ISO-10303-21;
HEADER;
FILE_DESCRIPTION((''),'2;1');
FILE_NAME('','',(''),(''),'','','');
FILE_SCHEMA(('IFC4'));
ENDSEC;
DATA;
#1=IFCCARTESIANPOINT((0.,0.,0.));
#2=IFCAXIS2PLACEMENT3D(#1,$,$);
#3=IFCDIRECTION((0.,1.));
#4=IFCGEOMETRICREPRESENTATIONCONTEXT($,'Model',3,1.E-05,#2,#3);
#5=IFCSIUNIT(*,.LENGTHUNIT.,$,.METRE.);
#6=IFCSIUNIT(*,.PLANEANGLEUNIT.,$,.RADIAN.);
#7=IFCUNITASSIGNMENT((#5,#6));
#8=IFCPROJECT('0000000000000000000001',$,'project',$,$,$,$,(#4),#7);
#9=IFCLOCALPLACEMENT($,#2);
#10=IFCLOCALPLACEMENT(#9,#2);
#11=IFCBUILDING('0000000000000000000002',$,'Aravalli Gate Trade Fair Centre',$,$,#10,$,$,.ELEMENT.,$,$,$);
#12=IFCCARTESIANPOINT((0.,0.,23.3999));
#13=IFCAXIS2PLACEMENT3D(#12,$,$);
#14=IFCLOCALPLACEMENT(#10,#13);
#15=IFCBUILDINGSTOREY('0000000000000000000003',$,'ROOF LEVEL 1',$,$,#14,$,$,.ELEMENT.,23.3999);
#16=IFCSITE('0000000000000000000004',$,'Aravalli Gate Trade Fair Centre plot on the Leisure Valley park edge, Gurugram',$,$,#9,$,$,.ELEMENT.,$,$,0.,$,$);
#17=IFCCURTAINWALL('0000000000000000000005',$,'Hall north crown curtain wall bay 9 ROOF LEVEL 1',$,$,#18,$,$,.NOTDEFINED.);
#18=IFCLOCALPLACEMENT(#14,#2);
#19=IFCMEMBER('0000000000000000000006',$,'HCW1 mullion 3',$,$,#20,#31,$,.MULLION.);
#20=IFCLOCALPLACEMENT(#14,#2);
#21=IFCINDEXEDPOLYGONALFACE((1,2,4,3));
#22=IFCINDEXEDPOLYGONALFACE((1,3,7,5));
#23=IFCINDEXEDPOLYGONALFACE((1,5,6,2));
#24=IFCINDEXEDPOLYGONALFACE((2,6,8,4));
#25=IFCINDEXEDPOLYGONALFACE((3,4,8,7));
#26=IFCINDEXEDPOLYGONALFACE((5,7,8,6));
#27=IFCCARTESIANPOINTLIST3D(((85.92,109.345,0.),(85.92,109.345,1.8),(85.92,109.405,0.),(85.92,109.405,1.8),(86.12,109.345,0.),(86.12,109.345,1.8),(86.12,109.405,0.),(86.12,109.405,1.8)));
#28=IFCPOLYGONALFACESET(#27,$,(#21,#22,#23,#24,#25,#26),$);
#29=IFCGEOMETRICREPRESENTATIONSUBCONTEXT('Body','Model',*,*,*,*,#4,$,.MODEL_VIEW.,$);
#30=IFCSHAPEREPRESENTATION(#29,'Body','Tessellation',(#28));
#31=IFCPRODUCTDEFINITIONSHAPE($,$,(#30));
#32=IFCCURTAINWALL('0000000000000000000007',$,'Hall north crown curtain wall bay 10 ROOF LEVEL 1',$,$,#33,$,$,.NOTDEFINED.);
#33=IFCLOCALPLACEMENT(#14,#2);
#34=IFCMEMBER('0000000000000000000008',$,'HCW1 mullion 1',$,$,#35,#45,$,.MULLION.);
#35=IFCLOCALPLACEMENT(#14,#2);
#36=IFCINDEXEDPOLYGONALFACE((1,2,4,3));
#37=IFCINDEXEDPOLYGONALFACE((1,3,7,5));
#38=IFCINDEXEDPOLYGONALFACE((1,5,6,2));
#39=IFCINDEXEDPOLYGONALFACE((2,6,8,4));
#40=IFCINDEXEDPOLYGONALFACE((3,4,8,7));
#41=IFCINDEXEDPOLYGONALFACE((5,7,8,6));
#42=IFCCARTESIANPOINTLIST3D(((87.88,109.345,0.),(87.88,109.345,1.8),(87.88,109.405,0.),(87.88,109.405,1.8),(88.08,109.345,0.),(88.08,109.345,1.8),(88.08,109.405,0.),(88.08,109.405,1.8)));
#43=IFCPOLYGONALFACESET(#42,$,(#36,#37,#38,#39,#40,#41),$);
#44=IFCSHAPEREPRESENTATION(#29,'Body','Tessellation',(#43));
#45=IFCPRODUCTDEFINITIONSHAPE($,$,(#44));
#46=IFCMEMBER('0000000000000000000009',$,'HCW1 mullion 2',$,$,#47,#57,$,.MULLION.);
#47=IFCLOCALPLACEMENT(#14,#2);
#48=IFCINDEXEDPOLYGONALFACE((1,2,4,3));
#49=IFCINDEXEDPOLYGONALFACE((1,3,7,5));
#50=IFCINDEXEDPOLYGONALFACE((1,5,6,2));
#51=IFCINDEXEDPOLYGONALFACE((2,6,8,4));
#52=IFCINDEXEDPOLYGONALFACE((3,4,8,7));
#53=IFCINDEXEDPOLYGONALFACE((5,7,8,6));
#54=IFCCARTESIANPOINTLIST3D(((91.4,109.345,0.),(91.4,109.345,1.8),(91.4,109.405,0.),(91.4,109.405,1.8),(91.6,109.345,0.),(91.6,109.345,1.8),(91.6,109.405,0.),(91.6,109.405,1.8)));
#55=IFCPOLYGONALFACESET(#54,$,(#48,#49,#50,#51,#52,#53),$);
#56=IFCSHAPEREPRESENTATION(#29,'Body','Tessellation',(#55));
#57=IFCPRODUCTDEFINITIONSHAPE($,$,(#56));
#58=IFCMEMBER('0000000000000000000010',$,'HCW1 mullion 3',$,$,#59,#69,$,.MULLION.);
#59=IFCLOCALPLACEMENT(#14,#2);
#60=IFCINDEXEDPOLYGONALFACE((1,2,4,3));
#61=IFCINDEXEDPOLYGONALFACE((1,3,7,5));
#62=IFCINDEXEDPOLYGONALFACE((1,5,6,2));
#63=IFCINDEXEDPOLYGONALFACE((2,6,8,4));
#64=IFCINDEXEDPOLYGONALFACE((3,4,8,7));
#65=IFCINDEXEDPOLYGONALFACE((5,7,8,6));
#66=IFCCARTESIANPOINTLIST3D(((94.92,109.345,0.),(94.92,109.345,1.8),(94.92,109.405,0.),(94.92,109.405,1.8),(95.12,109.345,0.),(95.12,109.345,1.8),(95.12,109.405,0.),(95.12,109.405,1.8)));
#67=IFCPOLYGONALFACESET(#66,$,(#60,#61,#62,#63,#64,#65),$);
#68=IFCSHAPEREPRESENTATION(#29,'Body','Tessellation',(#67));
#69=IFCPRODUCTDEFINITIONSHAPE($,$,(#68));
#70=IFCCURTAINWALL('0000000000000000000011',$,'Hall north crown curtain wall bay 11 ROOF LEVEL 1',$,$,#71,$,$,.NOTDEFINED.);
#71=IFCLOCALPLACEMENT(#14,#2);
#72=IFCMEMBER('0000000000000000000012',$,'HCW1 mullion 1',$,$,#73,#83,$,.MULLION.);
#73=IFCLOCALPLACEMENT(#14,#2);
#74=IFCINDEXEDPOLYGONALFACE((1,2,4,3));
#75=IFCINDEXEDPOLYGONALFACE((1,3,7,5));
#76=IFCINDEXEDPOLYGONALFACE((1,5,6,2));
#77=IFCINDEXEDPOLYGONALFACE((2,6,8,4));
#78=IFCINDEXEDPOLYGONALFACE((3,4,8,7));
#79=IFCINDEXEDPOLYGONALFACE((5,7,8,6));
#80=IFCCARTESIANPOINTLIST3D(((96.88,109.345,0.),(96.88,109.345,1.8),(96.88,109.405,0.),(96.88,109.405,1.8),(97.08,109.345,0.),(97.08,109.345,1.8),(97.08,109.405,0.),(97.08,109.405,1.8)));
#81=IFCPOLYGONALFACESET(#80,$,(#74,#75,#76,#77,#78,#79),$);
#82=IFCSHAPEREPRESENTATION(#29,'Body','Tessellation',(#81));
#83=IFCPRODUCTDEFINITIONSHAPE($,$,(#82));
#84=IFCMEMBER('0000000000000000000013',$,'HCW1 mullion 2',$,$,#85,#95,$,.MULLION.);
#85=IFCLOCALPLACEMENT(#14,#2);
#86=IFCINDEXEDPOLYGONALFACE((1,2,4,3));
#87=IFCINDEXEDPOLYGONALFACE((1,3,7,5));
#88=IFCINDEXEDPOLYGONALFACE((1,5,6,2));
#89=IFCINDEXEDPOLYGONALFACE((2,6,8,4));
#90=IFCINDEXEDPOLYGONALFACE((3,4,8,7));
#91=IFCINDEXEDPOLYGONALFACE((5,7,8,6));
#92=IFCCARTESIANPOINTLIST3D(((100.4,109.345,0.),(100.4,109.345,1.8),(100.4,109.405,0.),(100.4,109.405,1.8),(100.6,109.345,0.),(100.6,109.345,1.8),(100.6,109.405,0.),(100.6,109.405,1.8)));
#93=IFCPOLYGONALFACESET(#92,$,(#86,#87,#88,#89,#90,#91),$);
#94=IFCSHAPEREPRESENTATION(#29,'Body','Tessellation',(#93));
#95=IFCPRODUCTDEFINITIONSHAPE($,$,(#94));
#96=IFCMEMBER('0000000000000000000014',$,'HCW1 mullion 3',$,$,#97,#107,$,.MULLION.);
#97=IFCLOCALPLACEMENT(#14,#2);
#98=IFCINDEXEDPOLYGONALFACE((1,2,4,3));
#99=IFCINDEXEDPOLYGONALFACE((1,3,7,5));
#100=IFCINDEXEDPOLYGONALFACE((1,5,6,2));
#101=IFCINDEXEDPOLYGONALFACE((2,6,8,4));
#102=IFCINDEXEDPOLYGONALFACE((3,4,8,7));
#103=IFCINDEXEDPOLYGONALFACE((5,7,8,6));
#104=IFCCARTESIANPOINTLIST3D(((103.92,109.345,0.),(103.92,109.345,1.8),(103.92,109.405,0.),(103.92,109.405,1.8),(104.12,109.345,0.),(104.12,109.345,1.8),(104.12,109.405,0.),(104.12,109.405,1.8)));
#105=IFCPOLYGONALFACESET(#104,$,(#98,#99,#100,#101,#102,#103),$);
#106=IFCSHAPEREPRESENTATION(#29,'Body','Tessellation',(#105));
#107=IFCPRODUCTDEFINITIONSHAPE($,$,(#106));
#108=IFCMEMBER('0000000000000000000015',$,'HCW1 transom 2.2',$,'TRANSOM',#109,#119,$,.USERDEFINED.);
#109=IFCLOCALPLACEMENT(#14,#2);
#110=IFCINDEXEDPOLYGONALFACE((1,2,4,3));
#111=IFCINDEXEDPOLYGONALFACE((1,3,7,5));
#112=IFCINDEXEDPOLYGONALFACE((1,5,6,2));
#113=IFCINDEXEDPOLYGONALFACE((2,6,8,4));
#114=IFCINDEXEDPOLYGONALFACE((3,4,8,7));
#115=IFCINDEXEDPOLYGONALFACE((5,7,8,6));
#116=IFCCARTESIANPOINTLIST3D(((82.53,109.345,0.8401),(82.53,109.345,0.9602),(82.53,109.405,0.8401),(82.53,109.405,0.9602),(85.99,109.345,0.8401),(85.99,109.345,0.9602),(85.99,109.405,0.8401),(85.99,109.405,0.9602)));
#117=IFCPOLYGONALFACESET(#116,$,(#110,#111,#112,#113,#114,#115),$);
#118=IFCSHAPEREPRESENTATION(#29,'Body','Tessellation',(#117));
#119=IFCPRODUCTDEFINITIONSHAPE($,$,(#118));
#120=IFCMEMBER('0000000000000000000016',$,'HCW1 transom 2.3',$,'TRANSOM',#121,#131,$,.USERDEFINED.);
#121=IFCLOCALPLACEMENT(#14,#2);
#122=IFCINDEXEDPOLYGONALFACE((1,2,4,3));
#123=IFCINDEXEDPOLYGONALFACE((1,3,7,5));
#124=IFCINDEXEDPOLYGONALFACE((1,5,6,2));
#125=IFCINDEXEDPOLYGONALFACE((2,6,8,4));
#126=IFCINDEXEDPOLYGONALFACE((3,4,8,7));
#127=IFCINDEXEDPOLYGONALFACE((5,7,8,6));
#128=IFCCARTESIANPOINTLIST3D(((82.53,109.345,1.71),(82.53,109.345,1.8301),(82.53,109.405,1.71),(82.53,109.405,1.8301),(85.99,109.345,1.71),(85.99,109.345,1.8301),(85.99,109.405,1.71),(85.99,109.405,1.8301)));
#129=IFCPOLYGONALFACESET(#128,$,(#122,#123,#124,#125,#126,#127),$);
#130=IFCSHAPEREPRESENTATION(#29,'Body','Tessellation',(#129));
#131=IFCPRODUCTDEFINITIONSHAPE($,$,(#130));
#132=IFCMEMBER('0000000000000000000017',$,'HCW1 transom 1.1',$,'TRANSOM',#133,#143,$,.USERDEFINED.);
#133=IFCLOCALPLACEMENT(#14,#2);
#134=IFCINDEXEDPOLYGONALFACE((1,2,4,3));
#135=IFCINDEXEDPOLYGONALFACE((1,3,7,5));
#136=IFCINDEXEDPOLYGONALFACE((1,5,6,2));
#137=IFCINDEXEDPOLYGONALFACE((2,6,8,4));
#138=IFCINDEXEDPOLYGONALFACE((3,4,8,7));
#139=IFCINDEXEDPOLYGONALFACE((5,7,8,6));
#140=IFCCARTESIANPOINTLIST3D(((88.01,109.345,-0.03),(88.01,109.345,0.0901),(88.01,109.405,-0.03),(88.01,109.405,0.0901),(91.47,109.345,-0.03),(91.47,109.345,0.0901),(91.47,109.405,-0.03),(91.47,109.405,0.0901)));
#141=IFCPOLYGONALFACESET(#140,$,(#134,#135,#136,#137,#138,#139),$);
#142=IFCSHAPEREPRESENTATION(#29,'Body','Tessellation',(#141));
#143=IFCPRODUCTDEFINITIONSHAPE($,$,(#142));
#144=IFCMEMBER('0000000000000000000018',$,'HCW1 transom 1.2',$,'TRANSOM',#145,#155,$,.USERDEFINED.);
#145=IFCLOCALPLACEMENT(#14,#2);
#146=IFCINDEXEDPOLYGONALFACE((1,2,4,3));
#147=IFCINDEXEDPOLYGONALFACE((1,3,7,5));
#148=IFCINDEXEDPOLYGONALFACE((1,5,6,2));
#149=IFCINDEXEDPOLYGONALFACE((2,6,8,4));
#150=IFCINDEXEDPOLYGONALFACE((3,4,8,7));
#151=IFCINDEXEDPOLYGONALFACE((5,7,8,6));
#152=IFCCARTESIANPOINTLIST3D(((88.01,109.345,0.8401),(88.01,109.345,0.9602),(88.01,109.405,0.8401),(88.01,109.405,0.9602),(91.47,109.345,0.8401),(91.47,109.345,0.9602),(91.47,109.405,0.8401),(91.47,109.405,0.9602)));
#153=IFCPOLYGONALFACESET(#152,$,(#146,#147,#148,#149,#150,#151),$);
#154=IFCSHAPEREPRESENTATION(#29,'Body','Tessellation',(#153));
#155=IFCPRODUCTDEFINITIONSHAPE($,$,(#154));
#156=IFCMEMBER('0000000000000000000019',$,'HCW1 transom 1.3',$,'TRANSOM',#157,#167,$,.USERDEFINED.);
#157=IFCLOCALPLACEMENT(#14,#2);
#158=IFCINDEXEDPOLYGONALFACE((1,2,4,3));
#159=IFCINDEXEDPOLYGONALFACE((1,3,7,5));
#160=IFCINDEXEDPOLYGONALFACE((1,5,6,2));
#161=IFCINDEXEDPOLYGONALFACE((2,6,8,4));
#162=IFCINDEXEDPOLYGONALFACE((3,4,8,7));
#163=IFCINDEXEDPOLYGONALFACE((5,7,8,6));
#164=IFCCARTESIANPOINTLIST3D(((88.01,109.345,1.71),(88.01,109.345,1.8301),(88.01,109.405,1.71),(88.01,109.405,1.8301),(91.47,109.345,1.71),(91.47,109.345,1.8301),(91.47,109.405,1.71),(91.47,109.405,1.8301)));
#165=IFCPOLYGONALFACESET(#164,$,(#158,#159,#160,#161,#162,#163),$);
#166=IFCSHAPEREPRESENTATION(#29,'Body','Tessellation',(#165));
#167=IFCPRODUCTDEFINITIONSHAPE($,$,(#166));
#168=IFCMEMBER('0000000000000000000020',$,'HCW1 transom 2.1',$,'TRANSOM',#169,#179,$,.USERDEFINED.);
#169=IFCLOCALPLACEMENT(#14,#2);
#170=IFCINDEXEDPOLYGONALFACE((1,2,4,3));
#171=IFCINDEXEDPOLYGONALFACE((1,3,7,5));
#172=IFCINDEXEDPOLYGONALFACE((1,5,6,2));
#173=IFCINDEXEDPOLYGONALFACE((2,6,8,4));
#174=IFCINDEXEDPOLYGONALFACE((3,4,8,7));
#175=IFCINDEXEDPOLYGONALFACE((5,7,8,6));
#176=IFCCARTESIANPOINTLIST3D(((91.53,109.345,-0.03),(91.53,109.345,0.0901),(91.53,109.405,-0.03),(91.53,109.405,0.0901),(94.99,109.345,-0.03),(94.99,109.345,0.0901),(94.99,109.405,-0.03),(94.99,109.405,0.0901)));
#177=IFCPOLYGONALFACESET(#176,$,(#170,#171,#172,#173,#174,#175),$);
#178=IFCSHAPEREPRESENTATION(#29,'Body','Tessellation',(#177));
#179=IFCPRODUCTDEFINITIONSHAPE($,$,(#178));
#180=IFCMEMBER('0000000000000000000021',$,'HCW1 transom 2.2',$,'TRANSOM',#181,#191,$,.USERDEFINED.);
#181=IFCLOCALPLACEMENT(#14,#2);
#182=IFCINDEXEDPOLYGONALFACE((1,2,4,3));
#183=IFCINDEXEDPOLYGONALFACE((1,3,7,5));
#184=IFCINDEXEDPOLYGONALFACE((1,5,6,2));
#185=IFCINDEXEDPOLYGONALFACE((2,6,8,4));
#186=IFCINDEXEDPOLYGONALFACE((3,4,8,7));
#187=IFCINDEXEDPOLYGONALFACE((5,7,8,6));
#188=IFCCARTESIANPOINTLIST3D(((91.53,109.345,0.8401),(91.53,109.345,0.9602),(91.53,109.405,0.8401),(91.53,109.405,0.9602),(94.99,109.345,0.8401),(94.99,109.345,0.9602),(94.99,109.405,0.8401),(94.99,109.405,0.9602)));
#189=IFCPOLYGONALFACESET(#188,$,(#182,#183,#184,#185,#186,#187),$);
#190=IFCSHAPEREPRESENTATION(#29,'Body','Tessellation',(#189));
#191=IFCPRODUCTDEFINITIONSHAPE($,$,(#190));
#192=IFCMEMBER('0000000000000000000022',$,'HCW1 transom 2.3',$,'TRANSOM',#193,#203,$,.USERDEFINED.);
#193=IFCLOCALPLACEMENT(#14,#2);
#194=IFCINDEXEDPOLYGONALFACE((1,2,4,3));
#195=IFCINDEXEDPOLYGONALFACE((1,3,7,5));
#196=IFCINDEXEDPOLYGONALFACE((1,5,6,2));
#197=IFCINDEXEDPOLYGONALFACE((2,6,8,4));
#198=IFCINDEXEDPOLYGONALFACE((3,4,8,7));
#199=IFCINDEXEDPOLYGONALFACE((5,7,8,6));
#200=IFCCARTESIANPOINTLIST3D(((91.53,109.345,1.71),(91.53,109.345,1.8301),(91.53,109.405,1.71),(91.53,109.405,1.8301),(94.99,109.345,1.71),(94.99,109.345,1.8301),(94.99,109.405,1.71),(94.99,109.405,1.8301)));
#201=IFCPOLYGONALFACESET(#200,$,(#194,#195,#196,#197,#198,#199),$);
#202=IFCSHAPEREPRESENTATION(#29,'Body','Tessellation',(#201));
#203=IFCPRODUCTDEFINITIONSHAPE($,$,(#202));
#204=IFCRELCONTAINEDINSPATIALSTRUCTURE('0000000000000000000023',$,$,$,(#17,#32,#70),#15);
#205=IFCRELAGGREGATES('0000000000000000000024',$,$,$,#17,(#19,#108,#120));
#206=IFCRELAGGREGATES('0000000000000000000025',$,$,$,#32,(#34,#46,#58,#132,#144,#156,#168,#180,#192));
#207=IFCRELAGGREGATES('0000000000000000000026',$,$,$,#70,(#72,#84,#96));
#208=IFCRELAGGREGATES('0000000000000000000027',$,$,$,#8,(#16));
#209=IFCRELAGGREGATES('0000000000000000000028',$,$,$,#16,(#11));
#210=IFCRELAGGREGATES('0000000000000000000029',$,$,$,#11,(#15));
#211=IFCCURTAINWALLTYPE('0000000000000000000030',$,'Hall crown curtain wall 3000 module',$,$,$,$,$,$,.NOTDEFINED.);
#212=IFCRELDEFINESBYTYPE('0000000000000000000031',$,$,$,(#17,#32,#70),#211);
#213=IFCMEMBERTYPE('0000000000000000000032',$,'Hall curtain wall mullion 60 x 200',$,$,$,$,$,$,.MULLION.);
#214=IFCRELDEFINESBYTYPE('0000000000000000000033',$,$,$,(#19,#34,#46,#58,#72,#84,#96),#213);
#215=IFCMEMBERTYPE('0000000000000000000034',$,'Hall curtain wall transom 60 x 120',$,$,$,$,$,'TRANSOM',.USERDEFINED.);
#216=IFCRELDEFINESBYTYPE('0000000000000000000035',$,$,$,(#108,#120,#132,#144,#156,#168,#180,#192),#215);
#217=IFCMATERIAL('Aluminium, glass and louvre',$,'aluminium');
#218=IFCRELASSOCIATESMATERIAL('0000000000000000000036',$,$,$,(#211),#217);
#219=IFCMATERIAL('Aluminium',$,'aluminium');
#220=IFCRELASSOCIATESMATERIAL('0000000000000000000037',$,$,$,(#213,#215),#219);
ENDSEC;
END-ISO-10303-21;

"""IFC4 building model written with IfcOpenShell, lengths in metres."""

from ifc_helpers import new_model, si_unit, direction, frame, origin, origin_2d, place, context, subcontext, project, spatial, rectangle, extrude, material, material_profile, profile_set, type_object, element, aggregate, save


model = new_model("IFC4")

# Units and contexts
model_context = context("Model", 3, precision=1e-05, world=origin(), true_north=direction((0.0, 1.0)))
body_context = subcontext(model_context, "Body", "Model", "MODEL_VIEW")
ifc_project = project(units=[si_unit("LENGTHUNIT", "METRE"), si_unit("PLANEANGLEUNIT", "RADIAN")], contexts=[model_context])

# Site, building, storey
site_placement = place(None, origin())
site = spatial("IfcSite", under=ifc_project, at=site_placement, Name="Aravalli Gate Trade Fair Centre plot on the Leisure Valley park edge, Gurugram", CompositionType="ELEMENT", RefElevation=0.0)
building_placement = place(site_placement, origin())
building = spatial("IfcBuilding", under=site, at=building_placement, Name="Aravalli Gate Trade Fair Centre", CompositionType="ELEMENT")
storey_placement = place(building_placement, frame((0.0, 0.0, 23.3999)))
storey = spatial("IfcBuildingStorey", under=building, at=storey_placement, Name="ROOF LEVEL 1", CompositionType="ELEMENT", Elevation=23.3999)

# Curtain wall, member
ifc_material_1 = material(Name="Aluminium, glass and louvre", Category="aluminium")
curtain_wall_type = type_object("IfcCurtainWallType", Name="Hall crown curtain wall 3000 module", PredefinedType="NOTDEFINED", material=ifc_material_1)
curtain_wall_1_placement = place(storey_placement, origin())
curtain_wall_1 = element("IfcCurtainWall", 1, at=curtain_wall_1_placement, inside=storey, type_object=curtain_wall_type, Name="Hall north crown curtain wall bay 9 ROOF LEVEL 1", PredefinedType="NOTDEFINED")
ifc_material_2 = material(Name="Aluminium", Category="aluminium")
ifc_material_profile_1 = material_profile(ifc_material_2, rectangle(XDim=0.0601, YDim=0.2, at=origin_2d()), Name="Hall curtain wall mullion 60 x 200")
ifc_profile_set_1 = profile_set([ifc_material_profile_1], Name="Aluminium")
member_type_1 = type_object("IfcMemberType", Name="Hall curtain wall mullion 60 x 200", PredefinedType="MULLION", material=ifc_profile_set_1)
member_1_placement = place(storey_placement, frame((86.02, 109.375, 0.0), z_axis=(0.0, 0.0, 1.0), x_axis=(0.0, 1.0, 0.0)))
member_1 = element("IfcMember", 2, at=member_1_placement, type_object=member_type_1, Name="HCW1 mullion 3", PredefinedType="MULLION", context=body_context, shape_type="SweptSolid", body=[
    extrude(rectangle(XDim=0.0601, YDim=0.2, at=origin_2d()), origin(), (0.0, 0.0, 1.0), 1.8),
])

# Curtain walls, members
curtain_wall_2_placement = place(storey_placement, origin())
curtain_wall_2 = element("IfcCurtainWall", 3, at=curtain_wall_2_placement, inside=storey, type_object=curtain_wall_type, Name="Hall north crown curtain wall bay 10 ROOF LEVEL 1", PredefinedType="NOTDEFINED")
member_2_placement = place(storey_placement, frame((87.98, 109.375, 0.0), z_axis=(0.0, 0.0, 1.0), x_axis=(0.0, 1.0, 0.0)))
member_2 = element("IfcMember", 4, at=member_2_placement, type_object=member_type_1, Name="HCW1 mullion 1", PredefinedType="MULLION", context=body_context, shape_type="SweptSolid", body=[
    extrude(rectangle(XDim=0.0601, YDim=0.2, at=origin_2d()), origin(), (0.0, 0.0, 1.0), 1.8),
])
member_3_placement = place(storey_placement, frame((91.5, 109.375, 0.0), z_axis=(0.0, 0.0, 1.0), x_axis=(0.0, 1.0, 0.0)))
member_3 = element("IfcMember", 5, at=member_3_placement, type_object=member_type_1, Name="HCW1 mullion 2", PredefinedType="MULLION", context=body_context, shape_type="SweptSolid", body=[
    extrude(rectangle(XDim=0.0601, YDim=0.2, at=origin_2d()), origin(), (0.0, 0.0, 1.0), 1.8),
])
member_4_placement = place(storey_placement, frame((95.02, 109.375, 0.0), z_axis=(0.0, 0.0, 1.0), x_axis=(0.0, 1.0, 0.0)))
member_4 = element("IfcMember", 6, at=member_4_placement, type_object=member_type_1, Name="HCW1 mullion 3", PredefinedType="MULLION", context=body_context, shape_type="SweptSolid", body=[
    extrude(rectangle(XDim=0.0601, YDim=0.2, at=origin_2d()), origin(), (0.0, 0.0, 1.0), 1.8),
])
curtain_wall_3_placement = place(storey_placement, origin())
curtain_wall_3 = element("IfcCurtainWall", 7, at=curtain_wall_3_placement, inside=storey, type_object=curtain_wall_type, Name="Hall north crown curtain wall bay 11 ROOF LEVEL 1", PredefinedType="NOTDEFINED")
member_5_placement = place(storey_placement, frame((96.98, 109.375, 0.0), z_axis=(0.0, 0.0, 1.0), x_axis=(0.0, 1.0, 0.0)))
member_5 = element("IfcMember", 8, at=member_5_placement, type_object=member_type_1, Name="HCW1 mullion 1", PredefinedType="MULLION", context=body_context, shape_type="SweptSolid", body=[
    extrude(rectangle(XDim=0.0601, YDim=0.2, at=origin_2d()), origin(), (0.0, 0.0, 1.0), 1.8),
])
member_6_placement = place(storey_placement, frame((100.5, 109.375, 0.0), z_axis=(0.0, 0.0, 1.0), x_axis=(0.0, 1.0, 0.0)))
member_6 = element("IfcMember", 9, at=member_6_placement, type_object=member_type_1, Name="HCW1 mullion 2", PredefinedType="MULLION", context=body_context, shape_type="SweptSolid", body=[
    extrude(rectangle(XDim=0.0601, YDim=0.2, at=origin_2d()), origin(), (0.0, 0.0, 1.0), 1.8),
])
member_7_placement = place(storey_placement, frame((104.02, 109.375, 0.0), z_axis=(0.0, 0.0, 1.0), x_axis=(0.0, 1.0, 0.0)))
member_7 = element("IfcMember", 10, at=member_7_placement, type_object=member_type_1, Name="HCW1 mullion 3", PredefinedType="MULLION", context=body_context, shape_type="SweptSolid", body=[
    extrude(rectangle(XDim=0.0601, YDim=0.2, at=origin_2d()), origin(), (0.0, 0.0, 1.0), 1.8),
])

# Members
ifc_material_profile_2 = material_profile(ifc_material_2, rectangle(XDim=0.0601, YDim=0.1201, at=origin_2d()), Name="Hall curtain wall transom 60 x 120")
ifc_profile_set_2 = profile_set([ifc_material_profile_2], Name="Aluminium")
member_type_2 = type_object("IfcMemberType", Name="Hall curtain wall transom 60 x 120", ElementType="TRANSOM", PredefinedType="USERDEFINED", material=ifc_profile_set_2)
member_8_placement = place(storey_placement, frame((82.53, 109.375, 0.9001), z_axis=(1.0, 0.0, 0.0), x_axis=(0.0, 1.0, 0.0)))
member_8 = element("IfcMember", 11, at=member_8_placement, type_object=member_type_2, Name="HCW1 transom 2.2", ObjectType="TRANSOM", PredefinedType="USERDEFINED", context=body_context, shape_type="SweptSolid", body=[
    extrude(rectangle(XDim=0.0601, YDim=0.1201, at=origin_2d()), origin(), (0.0, 0.0, 1.0), 3.46),
])
member_9_placement = place(storey_placement, frame((82.53, 109.375, 1.77), z_axis=(1.0, 0.0, 0.0), x_axis=(0.0, 1.0, 0.0)))
member_9 = element("IfcMember", 12, at=member_9_placement, type_object=member_type_2, Name="HCW1 transom 2.3", ObjectType="TRANSOM", PredefinedType="USERDEFINED", context=body_context, shape_type="SweptSolid", body=[
    extrude(rectangle(XDim=0.0601, YDim=0.1201, at=origin_2d()), origin(), (0.0, 0.0, 1.0), 3.46),
])
member_10_placement = place(storey_placement, frame((88.01, 109.375, 0.03), z_axis=(1.0, 0.0, 0.0), x_axis=(0.0, 1.0, 0.0)))
member_10 = element("IfcMember", 13, at=member_10_placement, type_object=member_type_2, Name="HCW1 transom 1.1", ObjectType="TRANSOM", PredefinedType="USERDEFINED", context=body_context, shape_type="SweptSolid", body=[
    extrude(rectangle(XDim=0.0601, YDim=0.1201, at=origin_2d()), origin(), (0.0, 0.0, 1.0), 3.46),
])
member_11_placement = place(storey_placement, frame((88.01, 109.375, 0.9001), z_axis=(1.0, 0.0, 0.0), x_axis=(0.0, 1.0, 0.0)))
member_11 = element("IfcMember", 14, at=member_11_placement, type_object=member_type_2, Name="HCW1 transom 1.2", ObjectType="TRANSOM", PredefinedType="USERDEFINED", context=body_context, shape_type="SweptSolid", body=[
    extrude(rectangle(XDim=0.0601, YDim=0.1201, at=origin_2d()), origin(), (0.0, 0.0, 1.0), 3.46),
])
member_12_placement = place(storey_placement, frame((88.01, 109.375, 1.77), z_axis=(1.0, 0.0, 0.0), x_axis=(0.0, 1.0, 0.0)))
member_12 = element("IfcMember", 15, at=member_12_placement, type_object=member_type_2, Name="HCW1 transom 1.3", ObjectType="TRANSOM", PredefinedType="USERDEFINED", context=body_context, shape_type="SweptSolid", body=[
    extrude(rectangle(XDim=0.0601, YDim=0.1201, at=origin_2d()), origin(), (0.0, 0.0, 1.0), 3.46),
])
member_13_placement = place(storey_placement, frame((91.53, 109.375, 0.03), z_axis=(1.0, 0.0, 0.0), x_axis=(0.0, 1.0, 0.0)))
member_13 = element("IfcMember", 16, at=member_13_placement, type_object=member_type_2, Name="HCW1 transom 2.1", ObjectType="TRANSOM", PredefinedType="USERDEFINED", context=body_context, shape_type="SweptSolid", body=[
    extrude(rectangle(XDim=0.0601, YDim=0.1201, at=origin_2d()), origin(), (0.0, 0.0, 1.0), 3.46),
])
member_14_placement = place(storey_placement, frame((91.53, 109.375, 0.9001), z_axis=(1.0, 0.0, 0.0), x_axis=(0.0, 1.0, 0.0)))
member_14 = element("IfcMember", 17, at=member_14_placement, type_object=member_type_2, Name="HCW1 transom 2.2", ObjectType="TRANSOM", PredefinedType="USERDEFINED", context=body_context, shape_type="SweptSolid", body=[
    extrude(rectangle(XDim=0.0601, YDim=0.1201, at=origin_2d()), origin(), (0.0, 0.0, 1.0), 3.46),
])
member_15_placement = place(storey_placement, frame((91.53, 109.375, 1.77), z_axis=(1.0, 0.0, 0.0), x_axis=(0.0, 1.0, 0.0)))
member_15 = element("IfcMember", 18, at=member_15_placement, type_object=member_type_2, Name="HCW1 transom 2.3", ObjectType="TRANSOM", PredefinedType="USERDEFINED", context=body_context, shape_type="SweptSolid", body=[
    extrude(rectangle(XDim=0.0601, YDim=0.1201, at=origin_2d()), origin(), (0.0, 0.0, 1.0), 3.46),
])

aggregate(curtain_wall_1, [member_1, member_8, member_9])
aggregate(curtain_wall_2, [member_2, member_3, member_4, member_10, member_11, member_12, member_13, member_14, member_15])
aggregate(curtain_wall_3, [member_5, member_6, member_7])

save(model, "model.ifc")
